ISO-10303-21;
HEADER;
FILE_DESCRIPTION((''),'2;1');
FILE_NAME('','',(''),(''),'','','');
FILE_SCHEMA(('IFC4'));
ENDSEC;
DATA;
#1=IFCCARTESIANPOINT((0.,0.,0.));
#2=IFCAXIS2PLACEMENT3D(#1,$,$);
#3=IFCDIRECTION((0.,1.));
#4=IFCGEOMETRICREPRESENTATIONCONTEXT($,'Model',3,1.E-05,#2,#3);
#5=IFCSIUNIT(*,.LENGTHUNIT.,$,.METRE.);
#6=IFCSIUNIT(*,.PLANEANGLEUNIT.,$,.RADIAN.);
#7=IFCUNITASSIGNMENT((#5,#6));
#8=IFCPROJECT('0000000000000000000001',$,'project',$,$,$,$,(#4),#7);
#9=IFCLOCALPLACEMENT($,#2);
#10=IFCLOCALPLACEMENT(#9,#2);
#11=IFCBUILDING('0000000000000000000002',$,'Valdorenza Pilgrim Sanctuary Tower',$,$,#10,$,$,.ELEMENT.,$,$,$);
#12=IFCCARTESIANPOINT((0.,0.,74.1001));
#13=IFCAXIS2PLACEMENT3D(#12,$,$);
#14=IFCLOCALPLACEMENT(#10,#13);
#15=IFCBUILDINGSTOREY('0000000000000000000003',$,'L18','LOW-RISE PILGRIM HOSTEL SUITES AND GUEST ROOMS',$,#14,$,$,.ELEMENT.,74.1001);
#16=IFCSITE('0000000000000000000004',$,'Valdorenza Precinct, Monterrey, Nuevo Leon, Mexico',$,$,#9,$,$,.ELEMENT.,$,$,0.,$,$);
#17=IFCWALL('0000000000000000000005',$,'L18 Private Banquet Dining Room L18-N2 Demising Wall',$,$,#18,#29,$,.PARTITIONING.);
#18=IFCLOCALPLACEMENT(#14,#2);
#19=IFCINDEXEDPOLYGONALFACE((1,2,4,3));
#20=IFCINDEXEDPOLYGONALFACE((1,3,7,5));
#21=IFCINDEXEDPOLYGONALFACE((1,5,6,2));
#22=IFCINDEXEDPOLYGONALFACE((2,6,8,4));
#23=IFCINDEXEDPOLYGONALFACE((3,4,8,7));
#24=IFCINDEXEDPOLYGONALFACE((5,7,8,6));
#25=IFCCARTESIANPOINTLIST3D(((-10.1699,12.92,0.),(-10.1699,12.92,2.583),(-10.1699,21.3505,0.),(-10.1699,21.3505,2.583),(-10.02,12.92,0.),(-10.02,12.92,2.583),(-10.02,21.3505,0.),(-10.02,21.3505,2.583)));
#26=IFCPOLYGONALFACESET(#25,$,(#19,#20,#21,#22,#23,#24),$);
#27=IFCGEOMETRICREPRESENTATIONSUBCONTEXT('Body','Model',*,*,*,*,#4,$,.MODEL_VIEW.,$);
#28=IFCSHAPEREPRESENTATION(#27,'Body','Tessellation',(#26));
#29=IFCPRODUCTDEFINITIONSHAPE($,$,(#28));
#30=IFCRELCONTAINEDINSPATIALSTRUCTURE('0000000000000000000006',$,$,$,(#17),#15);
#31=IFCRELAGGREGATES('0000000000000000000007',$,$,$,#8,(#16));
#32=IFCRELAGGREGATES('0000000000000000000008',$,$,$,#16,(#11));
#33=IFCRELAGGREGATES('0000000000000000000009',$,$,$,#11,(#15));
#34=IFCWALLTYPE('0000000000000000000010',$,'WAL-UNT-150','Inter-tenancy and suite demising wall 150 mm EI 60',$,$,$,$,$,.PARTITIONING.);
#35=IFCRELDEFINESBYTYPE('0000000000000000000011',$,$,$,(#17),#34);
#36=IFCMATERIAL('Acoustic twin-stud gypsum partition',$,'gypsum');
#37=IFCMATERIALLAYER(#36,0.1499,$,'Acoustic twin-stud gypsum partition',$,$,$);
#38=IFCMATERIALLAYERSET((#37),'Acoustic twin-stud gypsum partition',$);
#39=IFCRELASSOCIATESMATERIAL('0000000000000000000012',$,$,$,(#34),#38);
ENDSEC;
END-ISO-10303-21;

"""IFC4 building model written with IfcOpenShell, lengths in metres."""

from ifc_helpers import new_model, si_unit, direction, frame, frame_2d, origin, place, context, subcontext, project, spatial, rectangle, extrude, material, layer, layer_set, type_object, element, save


model = new_model("IFC4")

# Units and contexts
model_context = context("Model", 3, precision=1e-05, world=origin(), true_north=direction((0.0, 1.0)))
body_context = subcontext(model_context, "Body", "Model", "MODEL_VIEW")
ifc_project = project(units=[si_unit("LENGTHUNIT", "METRE"), si_unit("PLANEANGLEUNIT", "RADIAN")], contexts=[model_context])

# Site, building, storey
site_placement = place(None, origin())
site = spatial("IfcSite", under=ifc_project, at=site_placement, Name="Valdorenza Precinct, Monterrey, Nuevo Leon, Mexico", CompositionType="ELEMENT", RefElevation=0.0)
building_placement = place(site_placement, origin())
building = spatial("IfcBuilding", under=site, at=building_placement, Name="Valdorenza Pilgrim Sanctuary Tower", CompositionType="ELEMENT")
storey_placement = place(building_placement, frame((0.0, 0.0, 74.1001)))
storey = spatial("IfcBuildingStorey", under=building, at=storey_placement, Name="L18", Description="LOW-RISE PILGRIM HOSTEL SUITES AND GUEST ROOMS", CompositionType="ELEMENT", Elevation=74.1001)

# Shared definitions
ifc_material_1 = material(Name="Acoustic twin-stud gypsum partition", Category="gypsum")

# Wall
ifc_layer_1 = layer(ifc_material_1, 0.1499, Name="Acoustic twin-stud gypsum partition")
ifc_layer_set_1 = layer_set([ifc_layer_1], Name="Acoustic twin-stud gypsum partition")
wall_type_1 = type_object("IfcWallType", Name="WAL-UNT-150", Description="Inter-tenancy and suite demising wall 150 mm EI 60", PredefinedType="PARTITIONING", material=ifc_layer_set_1)
wall_1_placement = place(storey_placement, frame((-10.095, 12.9199, 0.0), z_axis=(0.0, 0.0, 1.0), x_axis=(0.0, 1.0, 0.0)))
element("IfcWall", 1, at=wall_1_placement, inside=storey, type_object=wall_type_1, Name="L18 Private Banquet Dining Room L18-N2 Demising Wall", PredefinedType="PARTITIONING", context=body_context, shape_type="SweptSolid", body=[
    extrude(rectangle(XDim=8.4304, YDim=0.1499, at=frame_2d((4.2153, 0.0))), origin(), (0.0, 0.0, 1.0), 2.583),
])

save(model, "model.ifc")
